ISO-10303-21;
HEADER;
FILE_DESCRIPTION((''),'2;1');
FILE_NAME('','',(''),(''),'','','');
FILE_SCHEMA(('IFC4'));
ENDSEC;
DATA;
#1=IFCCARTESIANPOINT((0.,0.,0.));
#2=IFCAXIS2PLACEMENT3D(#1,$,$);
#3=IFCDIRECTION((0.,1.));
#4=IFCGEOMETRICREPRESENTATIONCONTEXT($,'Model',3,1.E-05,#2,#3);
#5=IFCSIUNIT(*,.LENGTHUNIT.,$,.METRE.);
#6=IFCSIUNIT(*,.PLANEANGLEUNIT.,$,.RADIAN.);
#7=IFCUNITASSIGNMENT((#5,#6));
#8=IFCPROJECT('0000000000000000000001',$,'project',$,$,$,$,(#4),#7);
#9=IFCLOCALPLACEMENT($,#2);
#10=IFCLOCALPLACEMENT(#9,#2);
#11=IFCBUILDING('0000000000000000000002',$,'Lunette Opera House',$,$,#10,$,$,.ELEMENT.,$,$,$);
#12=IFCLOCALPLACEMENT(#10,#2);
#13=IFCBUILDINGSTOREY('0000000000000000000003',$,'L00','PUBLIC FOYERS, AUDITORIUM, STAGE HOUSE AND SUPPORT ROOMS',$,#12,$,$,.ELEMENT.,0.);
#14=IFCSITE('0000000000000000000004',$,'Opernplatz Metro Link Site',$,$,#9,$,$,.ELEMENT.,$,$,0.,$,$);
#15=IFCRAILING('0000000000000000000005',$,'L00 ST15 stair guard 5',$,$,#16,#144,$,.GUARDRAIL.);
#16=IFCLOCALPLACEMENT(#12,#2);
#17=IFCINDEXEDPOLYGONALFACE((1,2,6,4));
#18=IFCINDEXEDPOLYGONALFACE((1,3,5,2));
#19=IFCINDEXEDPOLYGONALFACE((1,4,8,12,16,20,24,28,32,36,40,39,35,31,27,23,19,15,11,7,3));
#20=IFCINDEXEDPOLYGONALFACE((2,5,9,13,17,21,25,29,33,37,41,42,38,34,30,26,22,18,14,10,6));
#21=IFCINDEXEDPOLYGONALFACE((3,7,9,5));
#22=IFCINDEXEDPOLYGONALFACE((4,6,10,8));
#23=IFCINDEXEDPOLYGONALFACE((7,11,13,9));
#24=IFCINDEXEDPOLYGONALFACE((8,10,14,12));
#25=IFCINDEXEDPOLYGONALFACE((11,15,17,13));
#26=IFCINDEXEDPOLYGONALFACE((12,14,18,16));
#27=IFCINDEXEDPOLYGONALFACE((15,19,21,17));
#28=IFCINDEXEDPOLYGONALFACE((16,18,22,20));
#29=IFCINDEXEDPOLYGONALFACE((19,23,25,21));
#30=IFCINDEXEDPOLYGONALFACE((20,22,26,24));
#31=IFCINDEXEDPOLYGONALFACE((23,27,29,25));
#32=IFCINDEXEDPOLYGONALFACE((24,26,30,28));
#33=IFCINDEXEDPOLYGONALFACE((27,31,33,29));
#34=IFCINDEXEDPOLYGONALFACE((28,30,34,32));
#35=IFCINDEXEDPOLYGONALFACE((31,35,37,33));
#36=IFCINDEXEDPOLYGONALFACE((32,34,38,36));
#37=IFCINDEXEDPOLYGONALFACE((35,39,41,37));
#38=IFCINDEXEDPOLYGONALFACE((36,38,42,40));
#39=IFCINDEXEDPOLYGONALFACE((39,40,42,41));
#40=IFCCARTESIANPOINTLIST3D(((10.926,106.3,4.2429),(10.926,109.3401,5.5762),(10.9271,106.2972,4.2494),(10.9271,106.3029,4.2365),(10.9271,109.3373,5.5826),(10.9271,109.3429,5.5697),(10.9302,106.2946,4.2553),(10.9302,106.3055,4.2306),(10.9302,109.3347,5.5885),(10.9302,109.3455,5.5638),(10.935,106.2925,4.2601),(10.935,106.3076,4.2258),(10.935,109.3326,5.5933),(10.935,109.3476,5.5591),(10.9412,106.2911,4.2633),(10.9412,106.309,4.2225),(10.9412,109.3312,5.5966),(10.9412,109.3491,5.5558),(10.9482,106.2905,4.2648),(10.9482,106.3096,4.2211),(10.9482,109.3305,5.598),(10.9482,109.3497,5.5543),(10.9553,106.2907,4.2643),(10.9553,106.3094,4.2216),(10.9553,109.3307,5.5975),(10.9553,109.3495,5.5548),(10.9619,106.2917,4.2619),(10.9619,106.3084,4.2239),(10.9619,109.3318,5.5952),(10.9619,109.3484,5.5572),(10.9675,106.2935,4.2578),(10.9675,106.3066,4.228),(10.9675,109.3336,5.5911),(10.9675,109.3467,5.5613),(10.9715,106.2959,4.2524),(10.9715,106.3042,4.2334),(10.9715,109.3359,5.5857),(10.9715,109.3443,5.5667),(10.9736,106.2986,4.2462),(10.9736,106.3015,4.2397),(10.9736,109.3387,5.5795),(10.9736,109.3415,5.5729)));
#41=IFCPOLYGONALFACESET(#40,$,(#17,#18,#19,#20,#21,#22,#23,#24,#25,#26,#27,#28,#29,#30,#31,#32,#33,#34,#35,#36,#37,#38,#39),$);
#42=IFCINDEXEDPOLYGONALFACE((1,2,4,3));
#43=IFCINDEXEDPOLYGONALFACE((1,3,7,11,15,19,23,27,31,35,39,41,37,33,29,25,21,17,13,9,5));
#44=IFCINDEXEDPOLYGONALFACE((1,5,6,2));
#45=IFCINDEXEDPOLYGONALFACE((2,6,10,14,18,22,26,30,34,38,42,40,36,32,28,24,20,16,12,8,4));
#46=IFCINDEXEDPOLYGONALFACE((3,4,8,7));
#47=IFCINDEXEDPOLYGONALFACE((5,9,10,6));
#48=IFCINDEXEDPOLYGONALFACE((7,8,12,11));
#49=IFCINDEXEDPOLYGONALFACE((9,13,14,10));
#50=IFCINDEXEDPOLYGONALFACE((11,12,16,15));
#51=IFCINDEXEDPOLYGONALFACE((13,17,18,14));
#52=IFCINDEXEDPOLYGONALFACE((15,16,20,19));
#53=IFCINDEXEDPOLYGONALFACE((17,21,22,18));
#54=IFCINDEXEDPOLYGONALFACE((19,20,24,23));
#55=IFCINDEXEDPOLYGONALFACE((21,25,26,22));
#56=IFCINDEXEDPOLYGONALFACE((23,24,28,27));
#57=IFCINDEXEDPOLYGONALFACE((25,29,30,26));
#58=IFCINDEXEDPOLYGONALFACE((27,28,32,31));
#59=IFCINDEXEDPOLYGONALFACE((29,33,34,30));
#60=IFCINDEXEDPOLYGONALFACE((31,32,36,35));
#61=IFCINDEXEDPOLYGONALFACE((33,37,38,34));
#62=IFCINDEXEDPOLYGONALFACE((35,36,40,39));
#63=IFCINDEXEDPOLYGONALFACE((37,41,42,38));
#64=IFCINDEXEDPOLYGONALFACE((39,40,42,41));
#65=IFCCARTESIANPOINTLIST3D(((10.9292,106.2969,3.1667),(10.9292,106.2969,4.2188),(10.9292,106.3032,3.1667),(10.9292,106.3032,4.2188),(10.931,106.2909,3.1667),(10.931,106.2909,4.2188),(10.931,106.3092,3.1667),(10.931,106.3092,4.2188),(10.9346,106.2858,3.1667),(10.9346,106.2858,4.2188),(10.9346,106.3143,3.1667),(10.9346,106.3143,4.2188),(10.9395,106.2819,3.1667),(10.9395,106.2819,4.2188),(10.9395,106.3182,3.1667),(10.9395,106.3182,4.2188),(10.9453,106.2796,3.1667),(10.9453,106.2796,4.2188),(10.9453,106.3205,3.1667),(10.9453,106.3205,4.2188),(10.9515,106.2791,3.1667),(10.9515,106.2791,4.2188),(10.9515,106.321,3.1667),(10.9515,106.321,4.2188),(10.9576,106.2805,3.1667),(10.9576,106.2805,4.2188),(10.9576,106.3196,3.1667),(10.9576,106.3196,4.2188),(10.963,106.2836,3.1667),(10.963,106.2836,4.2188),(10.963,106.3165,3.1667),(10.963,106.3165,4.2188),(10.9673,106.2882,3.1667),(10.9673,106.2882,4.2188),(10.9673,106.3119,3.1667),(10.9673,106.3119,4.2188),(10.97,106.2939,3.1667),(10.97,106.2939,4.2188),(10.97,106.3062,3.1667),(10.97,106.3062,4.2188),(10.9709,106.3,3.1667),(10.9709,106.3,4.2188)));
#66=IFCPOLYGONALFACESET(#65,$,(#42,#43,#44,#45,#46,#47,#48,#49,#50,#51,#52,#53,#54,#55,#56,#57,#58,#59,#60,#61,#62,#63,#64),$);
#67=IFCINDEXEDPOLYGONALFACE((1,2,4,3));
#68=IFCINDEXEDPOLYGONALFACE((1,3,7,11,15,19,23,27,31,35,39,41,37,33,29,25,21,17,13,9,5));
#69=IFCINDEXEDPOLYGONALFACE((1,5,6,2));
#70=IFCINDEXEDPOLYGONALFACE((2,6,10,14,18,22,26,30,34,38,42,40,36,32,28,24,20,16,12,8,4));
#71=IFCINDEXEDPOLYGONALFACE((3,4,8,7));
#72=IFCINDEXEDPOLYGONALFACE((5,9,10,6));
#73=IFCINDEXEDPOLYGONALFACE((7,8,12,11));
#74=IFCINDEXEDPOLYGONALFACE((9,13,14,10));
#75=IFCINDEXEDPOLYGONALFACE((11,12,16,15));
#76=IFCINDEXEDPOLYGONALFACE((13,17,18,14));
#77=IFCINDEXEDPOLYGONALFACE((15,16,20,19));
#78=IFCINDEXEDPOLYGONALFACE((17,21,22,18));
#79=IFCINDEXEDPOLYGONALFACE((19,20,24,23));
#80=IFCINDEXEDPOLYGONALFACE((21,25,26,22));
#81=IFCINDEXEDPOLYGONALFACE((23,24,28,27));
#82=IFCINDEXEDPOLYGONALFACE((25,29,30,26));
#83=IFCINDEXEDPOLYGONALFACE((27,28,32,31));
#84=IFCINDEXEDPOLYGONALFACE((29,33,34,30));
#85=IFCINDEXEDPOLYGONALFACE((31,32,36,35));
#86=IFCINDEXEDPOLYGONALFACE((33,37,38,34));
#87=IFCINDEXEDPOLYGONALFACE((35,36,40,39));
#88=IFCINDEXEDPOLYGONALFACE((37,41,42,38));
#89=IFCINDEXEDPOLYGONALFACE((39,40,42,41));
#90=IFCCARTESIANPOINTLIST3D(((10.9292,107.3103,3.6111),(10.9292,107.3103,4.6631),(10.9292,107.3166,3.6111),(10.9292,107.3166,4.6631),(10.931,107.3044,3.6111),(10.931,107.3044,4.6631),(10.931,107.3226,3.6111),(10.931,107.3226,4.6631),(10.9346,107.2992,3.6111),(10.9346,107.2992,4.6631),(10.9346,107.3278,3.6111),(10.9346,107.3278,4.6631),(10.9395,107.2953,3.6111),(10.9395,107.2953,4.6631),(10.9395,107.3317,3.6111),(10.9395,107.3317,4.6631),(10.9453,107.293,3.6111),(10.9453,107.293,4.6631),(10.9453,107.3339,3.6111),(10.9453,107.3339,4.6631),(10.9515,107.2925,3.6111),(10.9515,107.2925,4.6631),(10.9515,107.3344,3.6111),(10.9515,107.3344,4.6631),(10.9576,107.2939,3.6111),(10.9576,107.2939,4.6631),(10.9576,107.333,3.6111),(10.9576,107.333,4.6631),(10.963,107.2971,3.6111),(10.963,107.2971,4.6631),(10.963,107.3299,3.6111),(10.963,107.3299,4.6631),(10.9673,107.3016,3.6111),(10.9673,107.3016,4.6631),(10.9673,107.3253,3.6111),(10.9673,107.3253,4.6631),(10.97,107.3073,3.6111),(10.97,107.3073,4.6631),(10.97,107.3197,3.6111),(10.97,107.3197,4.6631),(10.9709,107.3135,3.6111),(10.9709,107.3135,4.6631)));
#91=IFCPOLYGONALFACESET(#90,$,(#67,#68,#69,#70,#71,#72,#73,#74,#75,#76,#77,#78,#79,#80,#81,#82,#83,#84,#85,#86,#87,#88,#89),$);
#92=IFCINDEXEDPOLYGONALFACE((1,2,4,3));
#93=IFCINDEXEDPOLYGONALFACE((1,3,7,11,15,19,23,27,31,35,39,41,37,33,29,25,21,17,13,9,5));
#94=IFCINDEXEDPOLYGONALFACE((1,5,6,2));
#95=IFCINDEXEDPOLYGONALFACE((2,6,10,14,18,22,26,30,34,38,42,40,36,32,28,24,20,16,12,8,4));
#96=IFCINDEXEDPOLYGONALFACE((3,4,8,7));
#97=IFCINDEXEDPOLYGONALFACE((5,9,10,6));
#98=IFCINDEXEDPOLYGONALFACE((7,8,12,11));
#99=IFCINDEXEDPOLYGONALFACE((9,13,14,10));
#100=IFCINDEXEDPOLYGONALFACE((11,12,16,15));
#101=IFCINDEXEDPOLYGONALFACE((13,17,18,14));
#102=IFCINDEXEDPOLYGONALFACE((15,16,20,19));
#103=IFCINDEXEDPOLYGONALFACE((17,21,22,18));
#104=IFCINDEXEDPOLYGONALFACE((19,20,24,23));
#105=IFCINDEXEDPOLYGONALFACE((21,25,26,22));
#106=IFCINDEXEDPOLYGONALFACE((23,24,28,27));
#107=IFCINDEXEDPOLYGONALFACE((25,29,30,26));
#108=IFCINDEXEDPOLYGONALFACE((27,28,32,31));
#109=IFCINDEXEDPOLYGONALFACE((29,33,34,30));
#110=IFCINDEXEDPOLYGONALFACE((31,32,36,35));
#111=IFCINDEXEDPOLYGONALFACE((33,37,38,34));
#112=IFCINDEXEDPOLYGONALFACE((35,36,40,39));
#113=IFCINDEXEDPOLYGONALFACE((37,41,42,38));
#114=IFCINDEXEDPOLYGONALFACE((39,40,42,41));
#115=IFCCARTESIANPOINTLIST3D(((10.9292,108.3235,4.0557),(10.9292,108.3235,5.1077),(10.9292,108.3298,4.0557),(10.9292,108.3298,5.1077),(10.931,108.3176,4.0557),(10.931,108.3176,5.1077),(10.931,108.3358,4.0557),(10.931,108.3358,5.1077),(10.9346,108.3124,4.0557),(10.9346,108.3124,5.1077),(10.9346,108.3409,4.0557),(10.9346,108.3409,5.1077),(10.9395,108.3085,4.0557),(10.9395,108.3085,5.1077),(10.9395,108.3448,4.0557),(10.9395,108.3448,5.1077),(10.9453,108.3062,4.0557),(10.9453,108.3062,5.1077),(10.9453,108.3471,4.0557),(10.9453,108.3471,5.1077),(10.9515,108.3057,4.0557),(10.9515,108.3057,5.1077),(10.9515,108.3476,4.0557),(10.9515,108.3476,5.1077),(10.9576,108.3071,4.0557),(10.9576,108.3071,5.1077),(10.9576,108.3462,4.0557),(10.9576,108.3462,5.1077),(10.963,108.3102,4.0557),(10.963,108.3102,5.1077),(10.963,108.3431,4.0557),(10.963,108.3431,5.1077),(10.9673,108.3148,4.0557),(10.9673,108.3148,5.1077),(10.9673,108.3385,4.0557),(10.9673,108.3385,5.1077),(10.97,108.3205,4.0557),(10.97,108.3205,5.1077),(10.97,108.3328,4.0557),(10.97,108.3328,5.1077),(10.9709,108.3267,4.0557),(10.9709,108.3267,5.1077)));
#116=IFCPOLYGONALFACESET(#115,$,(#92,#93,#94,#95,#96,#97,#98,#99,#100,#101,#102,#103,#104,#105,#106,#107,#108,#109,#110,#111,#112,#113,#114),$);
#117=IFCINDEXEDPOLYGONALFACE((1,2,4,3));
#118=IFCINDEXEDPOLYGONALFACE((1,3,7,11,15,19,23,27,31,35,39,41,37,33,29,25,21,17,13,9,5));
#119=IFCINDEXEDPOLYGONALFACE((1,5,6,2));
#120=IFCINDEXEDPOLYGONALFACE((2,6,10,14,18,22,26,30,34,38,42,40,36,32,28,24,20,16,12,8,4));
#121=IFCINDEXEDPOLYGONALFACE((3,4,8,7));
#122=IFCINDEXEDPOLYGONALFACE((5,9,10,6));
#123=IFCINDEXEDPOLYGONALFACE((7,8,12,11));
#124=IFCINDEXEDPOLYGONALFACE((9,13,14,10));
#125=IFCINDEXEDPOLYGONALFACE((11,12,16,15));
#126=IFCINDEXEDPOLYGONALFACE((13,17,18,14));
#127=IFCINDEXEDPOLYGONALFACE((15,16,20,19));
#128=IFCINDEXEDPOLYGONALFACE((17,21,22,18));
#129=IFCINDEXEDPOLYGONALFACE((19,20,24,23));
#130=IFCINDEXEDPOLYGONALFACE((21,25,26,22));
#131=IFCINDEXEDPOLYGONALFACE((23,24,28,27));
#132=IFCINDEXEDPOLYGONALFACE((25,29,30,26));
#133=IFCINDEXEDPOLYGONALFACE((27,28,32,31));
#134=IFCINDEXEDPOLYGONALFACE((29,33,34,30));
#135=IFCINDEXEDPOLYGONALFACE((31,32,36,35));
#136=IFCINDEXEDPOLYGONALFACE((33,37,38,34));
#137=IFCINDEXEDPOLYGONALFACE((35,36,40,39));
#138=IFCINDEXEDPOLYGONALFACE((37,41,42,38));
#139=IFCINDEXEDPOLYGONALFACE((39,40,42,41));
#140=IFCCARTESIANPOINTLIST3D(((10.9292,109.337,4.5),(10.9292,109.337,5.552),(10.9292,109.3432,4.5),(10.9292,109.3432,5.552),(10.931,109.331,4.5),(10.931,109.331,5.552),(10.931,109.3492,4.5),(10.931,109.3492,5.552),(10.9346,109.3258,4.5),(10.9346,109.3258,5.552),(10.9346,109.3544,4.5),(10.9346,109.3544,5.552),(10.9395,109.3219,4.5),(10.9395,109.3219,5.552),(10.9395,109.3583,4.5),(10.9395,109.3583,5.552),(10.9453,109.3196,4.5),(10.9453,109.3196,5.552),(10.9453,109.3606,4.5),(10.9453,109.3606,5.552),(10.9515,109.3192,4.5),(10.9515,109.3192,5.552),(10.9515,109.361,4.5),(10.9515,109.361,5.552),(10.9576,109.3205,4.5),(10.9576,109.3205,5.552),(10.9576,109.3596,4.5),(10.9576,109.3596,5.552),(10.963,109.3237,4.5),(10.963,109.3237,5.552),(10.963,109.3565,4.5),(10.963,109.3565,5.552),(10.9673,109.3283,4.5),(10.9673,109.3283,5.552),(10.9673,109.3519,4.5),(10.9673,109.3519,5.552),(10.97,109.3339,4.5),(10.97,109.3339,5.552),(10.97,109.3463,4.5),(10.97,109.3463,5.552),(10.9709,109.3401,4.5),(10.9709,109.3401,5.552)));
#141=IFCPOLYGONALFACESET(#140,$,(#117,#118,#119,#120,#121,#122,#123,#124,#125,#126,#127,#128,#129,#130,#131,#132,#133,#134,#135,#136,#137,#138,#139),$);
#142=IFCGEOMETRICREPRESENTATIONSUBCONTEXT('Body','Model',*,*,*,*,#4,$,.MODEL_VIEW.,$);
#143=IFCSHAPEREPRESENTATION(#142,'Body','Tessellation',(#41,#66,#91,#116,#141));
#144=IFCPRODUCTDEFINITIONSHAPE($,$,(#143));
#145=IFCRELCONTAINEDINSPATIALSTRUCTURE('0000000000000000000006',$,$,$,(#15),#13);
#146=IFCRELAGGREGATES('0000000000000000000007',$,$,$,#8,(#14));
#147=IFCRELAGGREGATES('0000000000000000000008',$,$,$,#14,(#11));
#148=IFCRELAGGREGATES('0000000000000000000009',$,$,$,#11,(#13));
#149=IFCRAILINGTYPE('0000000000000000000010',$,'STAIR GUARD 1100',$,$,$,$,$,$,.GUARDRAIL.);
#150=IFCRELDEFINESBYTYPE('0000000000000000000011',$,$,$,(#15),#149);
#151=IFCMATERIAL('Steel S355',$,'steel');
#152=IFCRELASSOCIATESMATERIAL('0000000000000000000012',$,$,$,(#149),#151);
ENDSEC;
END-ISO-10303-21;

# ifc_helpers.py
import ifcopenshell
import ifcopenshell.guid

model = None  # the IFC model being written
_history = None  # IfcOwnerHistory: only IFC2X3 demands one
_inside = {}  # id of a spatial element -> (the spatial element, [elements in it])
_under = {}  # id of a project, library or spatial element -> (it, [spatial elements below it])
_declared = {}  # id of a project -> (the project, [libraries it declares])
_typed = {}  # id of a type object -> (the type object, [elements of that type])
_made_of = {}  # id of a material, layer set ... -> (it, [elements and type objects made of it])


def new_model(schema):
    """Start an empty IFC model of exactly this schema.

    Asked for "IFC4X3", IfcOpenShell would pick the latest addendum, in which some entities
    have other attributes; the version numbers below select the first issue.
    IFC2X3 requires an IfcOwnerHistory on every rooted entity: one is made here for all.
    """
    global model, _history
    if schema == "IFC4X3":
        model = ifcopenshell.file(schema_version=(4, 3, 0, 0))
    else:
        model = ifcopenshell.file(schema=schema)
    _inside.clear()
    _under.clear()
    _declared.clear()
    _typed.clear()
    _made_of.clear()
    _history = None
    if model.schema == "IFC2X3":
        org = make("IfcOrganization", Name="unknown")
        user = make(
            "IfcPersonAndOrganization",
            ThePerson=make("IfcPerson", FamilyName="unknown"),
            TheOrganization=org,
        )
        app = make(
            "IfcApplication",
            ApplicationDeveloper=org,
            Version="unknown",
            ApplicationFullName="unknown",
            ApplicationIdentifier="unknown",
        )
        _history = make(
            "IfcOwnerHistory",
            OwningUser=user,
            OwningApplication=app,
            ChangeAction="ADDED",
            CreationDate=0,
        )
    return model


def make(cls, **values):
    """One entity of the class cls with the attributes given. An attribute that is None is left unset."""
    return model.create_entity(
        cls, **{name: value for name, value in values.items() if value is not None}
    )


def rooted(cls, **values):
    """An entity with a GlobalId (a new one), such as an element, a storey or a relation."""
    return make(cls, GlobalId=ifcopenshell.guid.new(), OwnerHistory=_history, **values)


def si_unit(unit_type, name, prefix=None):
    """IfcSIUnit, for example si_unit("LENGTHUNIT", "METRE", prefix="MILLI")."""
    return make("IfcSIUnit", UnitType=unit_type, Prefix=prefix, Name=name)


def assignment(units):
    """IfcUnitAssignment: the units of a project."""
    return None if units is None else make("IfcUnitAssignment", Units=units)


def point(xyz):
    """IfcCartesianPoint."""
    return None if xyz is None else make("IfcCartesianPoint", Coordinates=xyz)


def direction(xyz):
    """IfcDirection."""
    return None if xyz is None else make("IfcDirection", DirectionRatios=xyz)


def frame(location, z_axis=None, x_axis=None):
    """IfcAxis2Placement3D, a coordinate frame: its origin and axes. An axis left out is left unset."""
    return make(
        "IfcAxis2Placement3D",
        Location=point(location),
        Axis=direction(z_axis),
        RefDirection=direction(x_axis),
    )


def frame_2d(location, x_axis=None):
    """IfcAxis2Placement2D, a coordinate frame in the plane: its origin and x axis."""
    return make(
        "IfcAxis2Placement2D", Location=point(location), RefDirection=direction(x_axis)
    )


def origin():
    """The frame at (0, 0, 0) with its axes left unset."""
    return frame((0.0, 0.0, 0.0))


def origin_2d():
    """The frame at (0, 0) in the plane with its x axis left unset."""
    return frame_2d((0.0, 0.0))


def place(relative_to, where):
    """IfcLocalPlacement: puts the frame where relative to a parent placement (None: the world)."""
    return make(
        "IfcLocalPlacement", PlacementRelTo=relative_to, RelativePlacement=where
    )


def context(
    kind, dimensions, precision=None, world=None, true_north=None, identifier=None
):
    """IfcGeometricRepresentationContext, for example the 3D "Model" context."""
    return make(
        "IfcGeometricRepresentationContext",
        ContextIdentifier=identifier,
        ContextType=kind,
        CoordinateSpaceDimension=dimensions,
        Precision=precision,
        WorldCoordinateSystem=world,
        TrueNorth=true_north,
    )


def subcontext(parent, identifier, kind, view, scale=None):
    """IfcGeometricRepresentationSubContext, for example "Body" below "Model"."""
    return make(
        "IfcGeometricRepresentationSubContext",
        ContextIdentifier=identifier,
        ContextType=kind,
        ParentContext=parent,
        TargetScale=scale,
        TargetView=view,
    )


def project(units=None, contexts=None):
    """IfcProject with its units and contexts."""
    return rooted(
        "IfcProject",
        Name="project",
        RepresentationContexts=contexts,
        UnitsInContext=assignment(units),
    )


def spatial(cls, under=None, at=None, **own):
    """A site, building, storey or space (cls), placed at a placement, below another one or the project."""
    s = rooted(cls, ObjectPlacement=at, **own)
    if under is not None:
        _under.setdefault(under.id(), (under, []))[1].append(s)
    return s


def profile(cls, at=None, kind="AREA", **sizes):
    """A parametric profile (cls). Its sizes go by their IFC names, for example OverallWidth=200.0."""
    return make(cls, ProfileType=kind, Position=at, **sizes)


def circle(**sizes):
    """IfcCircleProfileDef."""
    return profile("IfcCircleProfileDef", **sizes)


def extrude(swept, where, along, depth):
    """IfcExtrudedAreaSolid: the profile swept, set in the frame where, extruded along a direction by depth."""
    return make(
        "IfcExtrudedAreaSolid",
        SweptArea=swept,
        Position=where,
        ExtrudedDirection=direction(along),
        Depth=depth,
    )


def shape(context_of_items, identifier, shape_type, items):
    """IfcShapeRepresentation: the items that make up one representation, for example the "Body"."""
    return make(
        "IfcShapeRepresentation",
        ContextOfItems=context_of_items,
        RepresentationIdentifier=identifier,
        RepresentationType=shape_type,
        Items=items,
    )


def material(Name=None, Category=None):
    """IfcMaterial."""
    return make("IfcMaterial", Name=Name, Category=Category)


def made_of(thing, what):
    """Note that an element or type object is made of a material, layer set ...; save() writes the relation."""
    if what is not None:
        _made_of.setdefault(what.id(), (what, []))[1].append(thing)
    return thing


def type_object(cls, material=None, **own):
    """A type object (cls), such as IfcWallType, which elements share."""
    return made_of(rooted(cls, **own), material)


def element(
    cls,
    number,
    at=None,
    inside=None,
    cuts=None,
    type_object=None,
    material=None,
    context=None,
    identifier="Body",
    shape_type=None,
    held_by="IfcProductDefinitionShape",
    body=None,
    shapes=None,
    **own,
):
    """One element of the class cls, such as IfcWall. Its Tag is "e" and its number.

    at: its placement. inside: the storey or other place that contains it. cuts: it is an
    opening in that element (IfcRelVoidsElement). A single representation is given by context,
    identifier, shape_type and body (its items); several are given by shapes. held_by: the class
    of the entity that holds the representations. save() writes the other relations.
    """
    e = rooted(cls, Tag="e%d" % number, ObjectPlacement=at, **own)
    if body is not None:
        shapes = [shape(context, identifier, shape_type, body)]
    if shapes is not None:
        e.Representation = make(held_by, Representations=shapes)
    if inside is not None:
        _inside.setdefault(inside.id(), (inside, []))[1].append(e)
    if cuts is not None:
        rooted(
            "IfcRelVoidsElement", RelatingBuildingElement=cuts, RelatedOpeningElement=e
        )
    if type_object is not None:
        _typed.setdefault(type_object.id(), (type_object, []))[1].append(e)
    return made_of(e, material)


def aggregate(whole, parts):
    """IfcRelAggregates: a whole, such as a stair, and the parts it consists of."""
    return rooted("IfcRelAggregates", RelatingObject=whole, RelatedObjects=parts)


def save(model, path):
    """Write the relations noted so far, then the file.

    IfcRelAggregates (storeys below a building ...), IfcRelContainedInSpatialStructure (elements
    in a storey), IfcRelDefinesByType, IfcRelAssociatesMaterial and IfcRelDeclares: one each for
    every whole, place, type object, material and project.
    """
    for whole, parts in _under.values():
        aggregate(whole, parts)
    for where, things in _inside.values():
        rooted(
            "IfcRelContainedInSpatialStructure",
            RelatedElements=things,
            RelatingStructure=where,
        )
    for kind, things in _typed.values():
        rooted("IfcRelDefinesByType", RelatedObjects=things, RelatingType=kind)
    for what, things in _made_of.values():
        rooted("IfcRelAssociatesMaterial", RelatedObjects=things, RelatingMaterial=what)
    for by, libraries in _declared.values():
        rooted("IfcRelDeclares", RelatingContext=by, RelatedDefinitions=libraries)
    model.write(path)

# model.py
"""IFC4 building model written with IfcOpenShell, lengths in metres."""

from ifc_helpers import new_model, si_unit, direction, frame, origin, origin_2d, place, context, subcontext, project, spatial, circle, extrude, material, type_object, element, save


model = new_model("IFC4")

# Units and contexts
model_context = context("Model", 3, precision=1e-05, world=origin(), true_north=direction((0.0, 1.0)))
body_context = subcontext(model_context, "Body", "Model", "MODEL_VIEW")
ifc_project = project(units=[si_unit("LENGTHUNIT", "METRE"), si_unit("PLANEANGLEUNIT", "RADIAN")], contexts=[model_context])

# Site, building, storey
site_placement = place(None, origin())
site = spatial("IfcSite", under=ifc_project, at=site_placement, Name="Opernplatz Metro Link Site", CompositionType="ELEMENT", RefElevation=0.0)
building_placement = place(site_placement, origin())
building = spatial("IfcBuilding", under=site, at=building_placement, Name="Lunette Opera House", CompositionType="ELEMENT")
storey_placement = place(building_placement, origin())
storey = spatial("IfcBuildingStorey", under=building, at=storey_placement, Name="L00", Description="PUBLIC FOYERS, AUDITORIUM, STAGE HOUSE AND SUPPORT ROOMS", CompositionType="ELEMENT", Elevation=0.0)

# Railing
ifc_material_1 = material(Name="Steel S355", Category="steel")
railing_type = type_object("IfcRailingType", Name="STAIR GUARD 1100", PredefinedType="GUARDRAIL", material=ifc_material_1)
railing_1_placement = place(storey_placement, frame((10.95, 106.3, 3.1667)))
element("IfcRailing", 1, at=railing_1_placement, inside=storey, type_object=railing_type, Name="L00 ST15 stair guard 5", PredefinedType="GUARDRAIL", context=body_context, shape_type="SweptSolid", body=[
    extrude(circle(Radius=0.0239, at=origin_2d()), frame((0.0, 0.0, 1.0762), z_axis=(0.0, 0.915799, 0.401637), x_axis=(-1.0, 0.0, 0.0)), (0.0, 0.0, 1.0), 3.3196),
    extrude(circle(Radius=0.021, at=origin_2d()), origin(), (0.0, 0.0, 1.0), 1.052),
    extrude(circle(Radius=0.021, at=origin_2d()), frame((0.0, 1.0134, 0.4443)), (0.0, 0.0, 1.0), 1.052),
    extrude(circle(Radius=0.021, at=origin_2d()), frame((0.0, 2.0266, 0.8889)), (0.0, 0.0, 1.0), 1.052),
    extrude(circle(Radius=0.021, at=origin_2d()), frame((0.0, 3.04, 1.3333)), (0.0, 0.0, 1.0), 1.052),
])

save(model, "model.ifc")
